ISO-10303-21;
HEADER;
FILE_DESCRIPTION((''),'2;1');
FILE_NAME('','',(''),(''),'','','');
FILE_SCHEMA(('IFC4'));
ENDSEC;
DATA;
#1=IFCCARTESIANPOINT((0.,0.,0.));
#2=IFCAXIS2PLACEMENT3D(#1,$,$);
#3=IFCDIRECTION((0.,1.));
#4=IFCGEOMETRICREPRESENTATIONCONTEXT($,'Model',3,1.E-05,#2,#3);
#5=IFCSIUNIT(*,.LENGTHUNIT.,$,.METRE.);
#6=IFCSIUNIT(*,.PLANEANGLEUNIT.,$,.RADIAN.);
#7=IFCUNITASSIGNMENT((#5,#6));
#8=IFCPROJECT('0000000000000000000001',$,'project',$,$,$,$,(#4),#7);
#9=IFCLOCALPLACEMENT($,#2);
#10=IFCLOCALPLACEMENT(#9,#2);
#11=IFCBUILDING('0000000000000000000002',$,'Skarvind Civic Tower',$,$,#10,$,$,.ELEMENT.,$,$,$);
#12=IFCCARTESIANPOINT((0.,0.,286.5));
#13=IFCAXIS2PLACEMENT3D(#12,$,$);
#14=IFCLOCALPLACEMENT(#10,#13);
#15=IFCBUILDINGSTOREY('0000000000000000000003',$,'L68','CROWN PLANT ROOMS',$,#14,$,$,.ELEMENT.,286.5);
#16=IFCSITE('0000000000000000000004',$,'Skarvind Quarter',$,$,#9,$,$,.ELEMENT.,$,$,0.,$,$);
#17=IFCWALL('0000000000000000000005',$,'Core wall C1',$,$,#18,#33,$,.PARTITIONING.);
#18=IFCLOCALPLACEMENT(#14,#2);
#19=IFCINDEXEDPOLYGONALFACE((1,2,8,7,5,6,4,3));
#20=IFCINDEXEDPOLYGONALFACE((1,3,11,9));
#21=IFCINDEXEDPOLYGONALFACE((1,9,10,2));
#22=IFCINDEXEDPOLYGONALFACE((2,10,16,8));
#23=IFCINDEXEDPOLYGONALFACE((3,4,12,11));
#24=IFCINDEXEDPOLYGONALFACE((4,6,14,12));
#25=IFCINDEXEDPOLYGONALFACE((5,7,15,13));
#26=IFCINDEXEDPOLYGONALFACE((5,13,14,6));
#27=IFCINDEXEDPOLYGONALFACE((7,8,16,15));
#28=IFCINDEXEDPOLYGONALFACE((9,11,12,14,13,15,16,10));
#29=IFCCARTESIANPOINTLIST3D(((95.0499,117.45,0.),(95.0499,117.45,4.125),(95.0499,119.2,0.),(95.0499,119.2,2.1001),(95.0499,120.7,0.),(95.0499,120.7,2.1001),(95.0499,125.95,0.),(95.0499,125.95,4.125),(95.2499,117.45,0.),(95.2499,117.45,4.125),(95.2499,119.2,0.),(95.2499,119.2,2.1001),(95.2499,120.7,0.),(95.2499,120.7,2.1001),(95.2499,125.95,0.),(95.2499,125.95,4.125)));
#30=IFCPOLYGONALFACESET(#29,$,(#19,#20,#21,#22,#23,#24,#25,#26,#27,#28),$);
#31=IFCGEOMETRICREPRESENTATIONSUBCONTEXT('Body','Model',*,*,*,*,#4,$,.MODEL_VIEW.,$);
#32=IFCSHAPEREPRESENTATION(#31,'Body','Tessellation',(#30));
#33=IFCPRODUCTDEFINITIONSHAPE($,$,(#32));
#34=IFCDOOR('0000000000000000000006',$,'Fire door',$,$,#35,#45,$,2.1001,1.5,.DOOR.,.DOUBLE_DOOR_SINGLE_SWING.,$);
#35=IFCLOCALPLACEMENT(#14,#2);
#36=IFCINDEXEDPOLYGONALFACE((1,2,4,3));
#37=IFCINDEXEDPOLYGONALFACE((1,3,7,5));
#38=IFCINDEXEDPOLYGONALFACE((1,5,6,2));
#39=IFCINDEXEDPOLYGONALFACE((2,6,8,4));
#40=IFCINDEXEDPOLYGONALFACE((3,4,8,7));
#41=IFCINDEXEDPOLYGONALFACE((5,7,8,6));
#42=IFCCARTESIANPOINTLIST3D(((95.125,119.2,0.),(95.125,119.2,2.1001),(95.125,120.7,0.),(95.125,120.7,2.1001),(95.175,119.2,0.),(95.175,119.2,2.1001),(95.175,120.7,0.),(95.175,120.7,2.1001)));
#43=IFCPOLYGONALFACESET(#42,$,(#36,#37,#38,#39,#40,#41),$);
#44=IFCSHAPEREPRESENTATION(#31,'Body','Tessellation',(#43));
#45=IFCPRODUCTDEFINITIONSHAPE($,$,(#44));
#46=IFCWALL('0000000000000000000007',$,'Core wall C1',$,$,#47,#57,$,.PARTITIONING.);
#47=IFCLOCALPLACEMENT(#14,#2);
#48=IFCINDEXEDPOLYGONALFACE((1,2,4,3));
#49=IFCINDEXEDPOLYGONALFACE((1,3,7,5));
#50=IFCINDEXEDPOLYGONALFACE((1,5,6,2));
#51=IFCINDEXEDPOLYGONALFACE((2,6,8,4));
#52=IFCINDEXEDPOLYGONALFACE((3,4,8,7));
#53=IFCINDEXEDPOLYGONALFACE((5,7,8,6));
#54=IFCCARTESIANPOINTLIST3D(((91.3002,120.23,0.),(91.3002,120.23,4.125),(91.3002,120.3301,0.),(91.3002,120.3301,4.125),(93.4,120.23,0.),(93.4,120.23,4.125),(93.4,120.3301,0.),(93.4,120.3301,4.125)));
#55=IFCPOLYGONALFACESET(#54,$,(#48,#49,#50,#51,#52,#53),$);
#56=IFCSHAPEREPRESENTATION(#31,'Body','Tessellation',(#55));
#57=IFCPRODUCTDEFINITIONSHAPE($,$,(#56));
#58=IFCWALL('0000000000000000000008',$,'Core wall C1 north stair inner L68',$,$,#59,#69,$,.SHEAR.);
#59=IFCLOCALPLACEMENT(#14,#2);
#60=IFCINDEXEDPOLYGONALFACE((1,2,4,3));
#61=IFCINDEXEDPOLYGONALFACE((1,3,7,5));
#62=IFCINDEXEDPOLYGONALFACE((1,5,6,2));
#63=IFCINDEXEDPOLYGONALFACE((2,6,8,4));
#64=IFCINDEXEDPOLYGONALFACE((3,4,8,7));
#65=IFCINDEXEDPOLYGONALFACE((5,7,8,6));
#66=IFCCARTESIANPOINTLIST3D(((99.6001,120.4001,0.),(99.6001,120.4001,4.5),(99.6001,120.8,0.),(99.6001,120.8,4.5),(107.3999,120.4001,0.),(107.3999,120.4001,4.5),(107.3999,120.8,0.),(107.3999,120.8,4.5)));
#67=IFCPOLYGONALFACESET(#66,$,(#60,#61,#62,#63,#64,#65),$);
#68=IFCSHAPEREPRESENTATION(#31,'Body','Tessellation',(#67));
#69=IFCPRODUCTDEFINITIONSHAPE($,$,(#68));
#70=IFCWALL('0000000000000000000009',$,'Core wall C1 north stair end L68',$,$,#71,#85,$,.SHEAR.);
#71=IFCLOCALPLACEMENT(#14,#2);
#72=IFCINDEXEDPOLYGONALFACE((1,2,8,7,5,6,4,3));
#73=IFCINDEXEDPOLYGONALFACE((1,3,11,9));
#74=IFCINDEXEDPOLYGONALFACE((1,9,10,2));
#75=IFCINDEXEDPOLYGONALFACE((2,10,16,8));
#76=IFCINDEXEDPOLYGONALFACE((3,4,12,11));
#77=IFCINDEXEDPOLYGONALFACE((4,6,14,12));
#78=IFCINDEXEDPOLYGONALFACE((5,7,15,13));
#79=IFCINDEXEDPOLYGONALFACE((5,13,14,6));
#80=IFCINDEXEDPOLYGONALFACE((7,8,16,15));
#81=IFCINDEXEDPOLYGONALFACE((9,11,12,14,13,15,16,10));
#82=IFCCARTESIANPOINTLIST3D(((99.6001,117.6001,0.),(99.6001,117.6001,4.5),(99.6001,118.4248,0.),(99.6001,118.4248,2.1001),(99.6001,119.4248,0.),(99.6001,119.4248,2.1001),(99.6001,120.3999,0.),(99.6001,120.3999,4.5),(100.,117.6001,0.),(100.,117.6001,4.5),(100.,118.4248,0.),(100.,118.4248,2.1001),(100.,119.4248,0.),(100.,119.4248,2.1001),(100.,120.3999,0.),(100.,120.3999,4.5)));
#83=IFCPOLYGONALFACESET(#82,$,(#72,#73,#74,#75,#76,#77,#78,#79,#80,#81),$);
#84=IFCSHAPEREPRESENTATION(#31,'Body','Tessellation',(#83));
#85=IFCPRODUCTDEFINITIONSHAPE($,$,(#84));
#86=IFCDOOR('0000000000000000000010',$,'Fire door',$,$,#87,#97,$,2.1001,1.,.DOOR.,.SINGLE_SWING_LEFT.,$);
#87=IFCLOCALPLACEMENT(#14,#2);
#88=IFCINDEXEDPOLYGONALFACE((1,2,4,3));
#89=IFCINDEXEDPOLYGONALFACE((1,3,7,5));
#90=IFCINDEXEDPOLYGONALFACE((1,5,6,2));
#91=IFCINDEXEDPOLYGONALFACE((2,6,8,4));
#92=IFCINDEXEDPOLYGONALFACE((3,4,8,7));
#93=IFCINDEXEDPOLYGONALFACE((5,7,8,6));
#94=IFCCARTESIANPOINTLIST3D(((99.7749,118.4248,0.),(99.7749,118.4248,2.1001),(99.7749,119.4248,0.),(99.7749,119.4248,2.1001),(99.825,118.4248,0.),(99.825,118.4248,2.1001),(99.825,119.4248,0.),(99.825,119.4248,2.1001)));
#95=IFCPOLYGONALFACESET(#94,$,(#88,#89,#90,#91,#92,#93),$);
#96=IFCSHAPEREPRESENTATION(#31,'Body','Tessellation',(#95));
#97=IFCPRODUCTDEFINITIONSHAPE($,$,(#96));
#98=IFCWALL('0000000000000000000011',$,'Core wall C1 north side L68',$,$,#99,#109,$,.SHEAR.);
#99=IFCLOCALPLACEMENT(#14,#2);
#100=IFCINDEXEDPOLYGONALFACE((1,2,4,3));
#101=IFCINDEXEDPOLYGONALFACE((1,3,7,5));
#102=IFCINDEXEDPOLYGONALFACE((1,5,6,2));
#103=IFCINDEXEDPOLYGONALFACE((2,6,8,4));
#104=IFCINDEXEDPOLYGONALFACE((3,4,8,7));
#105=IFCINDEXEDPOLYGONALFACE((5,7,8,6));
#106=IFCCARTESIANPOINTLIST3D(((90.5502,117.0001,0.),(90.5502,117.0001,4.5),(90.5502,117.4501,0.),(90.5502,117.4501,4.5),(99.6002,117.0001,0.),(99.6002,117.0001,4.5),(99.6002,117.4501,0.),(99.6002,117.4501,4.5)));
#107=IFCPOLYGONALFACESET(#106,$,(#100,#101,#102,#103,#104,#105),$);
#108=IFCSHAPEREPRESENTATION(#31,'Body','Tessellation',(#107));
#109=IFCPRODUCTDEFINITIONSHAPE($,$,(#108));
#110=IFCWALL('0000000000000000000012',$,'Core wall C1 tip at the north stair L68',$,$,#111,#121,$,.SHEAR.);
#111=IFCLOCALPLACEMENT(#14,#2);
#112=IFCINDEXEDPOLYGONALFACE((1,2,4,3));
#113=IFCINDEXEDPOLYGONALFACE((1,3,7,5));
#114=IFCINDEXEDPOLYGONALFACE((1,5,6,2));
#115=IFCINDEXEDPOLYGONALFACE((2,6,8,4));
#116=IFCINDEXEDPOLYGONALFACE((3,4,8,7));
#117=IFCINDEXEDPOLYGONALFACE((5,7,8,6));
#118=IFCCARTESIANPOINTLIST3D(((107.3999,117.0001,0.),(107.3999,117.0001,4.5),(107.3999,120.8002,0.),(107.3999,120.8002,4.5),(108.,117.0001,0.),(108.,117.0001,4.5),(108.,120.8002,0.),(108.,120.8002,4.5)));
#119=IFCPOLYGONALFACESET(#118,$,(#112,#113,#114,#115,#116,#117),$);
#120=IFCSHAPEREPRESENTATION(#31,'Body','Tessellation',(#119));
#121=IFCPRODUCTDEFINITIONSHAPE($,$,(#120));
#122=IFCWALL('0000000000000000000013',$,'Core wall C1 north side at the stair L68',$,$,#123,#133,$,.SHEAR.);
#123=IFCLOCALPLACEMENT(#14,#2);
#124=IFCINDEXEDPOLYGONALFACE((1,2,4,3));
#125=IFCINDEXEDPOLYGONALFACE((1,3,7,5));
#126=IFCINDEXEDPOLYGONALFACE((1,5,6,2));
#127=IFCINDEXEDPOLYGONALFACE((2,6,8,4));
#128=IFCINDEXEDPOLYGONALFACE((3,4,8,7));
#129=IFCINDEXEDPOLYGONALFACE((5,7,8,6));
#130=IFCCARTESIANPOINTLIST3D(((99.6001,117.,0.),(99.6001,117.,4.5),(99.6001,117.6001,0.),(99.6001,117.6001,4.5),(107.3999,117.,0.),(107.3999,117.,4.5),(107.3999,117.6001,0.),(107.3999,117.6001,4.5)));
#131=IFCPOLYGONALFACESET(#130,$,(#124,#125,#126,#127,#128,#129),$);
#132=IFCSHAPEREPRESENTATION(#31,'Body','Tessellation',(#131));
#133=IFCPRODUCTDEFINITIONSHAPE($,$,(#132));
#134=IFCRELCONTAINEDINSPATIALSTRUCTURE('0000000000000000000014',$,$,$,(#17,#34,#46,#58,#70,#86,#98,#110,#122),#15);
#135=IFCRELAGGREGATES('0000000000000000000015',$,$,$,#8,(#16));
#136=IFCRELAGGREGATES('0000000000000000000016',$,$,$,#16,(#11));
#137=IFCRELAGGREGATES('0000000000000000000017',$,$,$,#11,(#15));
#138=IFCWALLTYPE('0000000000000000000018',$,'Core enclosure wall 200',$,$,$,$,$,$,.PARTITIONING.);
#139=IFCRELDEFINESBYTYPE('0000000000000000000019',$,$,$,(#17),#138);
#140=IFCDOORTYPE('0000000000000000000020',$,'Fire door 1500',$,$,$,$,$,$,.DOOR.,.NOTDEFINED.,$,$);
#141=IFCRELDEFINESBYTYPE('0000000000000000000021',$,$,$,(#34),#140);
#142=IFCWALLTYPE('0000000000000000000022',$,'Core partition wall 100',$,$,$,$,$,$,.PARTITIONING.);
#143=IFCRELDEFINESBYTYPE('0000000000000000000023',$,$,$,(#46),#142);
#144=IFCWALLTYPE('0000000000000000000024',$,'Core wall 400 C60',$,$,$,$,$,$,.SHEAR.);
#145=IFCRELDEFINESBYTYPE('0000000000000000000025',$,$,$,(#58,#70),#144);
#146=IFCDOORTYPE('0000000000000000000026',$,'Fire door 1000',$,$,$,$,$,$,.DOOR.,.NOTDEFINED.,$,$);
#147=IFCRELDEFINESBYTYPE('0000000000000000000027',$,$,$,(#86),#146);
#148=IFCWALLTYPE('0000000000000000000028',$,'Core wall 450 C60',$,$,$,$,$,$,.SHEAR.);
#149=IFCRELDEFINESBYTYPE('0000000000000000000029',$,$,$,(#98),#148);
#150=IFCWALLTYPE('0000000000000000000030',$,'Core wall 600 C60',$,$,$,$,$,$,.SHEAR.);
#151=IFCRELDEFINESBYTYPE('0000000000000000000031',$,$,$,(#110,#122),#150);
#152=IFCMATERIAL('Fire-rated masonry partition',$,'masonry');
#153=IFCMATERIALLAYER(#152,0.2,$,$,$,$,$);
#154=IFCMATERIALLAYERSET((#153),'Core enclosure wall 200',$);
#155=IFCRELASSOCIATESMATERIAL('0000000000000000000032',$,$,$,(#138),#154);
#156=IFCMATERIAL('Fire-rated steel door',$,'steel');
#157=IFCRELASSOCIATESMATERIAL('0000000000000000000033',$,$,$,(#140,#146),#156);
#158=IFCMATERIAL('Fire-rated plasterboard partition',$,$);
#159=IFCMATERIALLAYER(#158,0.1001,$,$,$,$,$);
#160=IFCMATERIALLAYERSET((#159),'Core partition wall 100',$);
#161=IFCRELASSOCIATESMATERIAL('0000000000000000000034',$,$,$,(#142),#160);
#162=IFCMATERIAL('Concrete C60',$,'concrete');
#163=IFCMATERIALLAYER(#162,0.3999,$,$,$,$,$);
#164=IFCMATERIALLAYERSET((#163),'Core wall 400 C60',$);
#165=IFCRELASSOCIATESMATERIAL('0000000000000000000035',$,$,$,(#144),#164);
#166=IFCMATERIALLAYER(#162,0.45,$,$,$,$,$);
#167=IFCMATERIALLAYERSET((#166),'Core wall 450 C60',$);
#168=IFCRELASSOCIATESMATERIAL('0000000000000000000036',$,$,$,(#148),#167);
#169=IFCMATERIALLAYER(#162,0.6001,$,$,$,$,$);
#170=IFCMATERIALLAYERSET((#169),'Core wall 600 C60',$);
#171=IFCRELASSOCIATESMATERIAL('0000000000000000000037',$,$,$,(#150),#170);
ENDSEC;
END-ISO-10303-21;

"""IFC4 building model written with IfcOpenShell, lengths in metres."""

from ifc_helpers import new_model, si_unit, direction, frame, frame_2d, origin, place, context, subcontext, project, spatial, rectangle, extrude, material, layer, layer_set, type_object, element, fill, save


model = new_model("IFC4")

# Units and contexts
model_context = context("Model", 3, precision=1e-05, world=origin(), true_north=direction((0.0, 1.0)))
body_context = subcontext(model_context, "Body", "Model", "MODEL_VIEW")
ifc_project = project(units=[si_unit("LENGTHUNIT", "METRE"), si_unit("PLANEANGLEUNIT", "RADIAN")], contexts=[model_context])

# Site, building, storey
site_placement = place(None, origin())
site = spatial("IfcSite", under=ifc_project, at=site_placement, Name="Skarvind Quarter", CompositionType="ELEMENT", RefElevation=0.0)
building_placement = place(site_placement, origin())
building = spatial("IfcBuilding", under=site, at=building_placement, Name="Skarvind Civic Tower", CompositionType="ELEMENT")
storey_placement = place(building_placement, frame((0.0, 0.0, 286.5)))
storey = spatial("IfcBuildingStorey", under=building, at=storey_placement, Name="L68", Description="CROWN PLANT ROOMS", CompositionType="ELEMENT", Elevation=286.5)

# Shared definitions
ifc_material_1 = material(Name="Concrete C60", Category="concrete")

# Wall, opening, door
ifc_material_2 = material(Name="Fire-rated masonry partition", Category="masonry")
ifc_layer_1 = layer(ifc_material_2, 0.2)
ifc_layer_set_1 = layer_set([ifc_layer_1], Name="Core enclosure wall 200")
wall_type_1 = type_object("IfcWallType", Name="Core enclosure wall 200", PredefinedType="PARTITIONING", material=ifc_layer_set_1)
wall_1_placement = place(storey_placement, frame((95.1499, 117.45, 0.0), z_axis=(0.0, 0.0, 1.0), x_axis=(0.0, 1.0, 0.0)))
wall_1 = element("IfcWall", 1, at=wall_1_placement, inside=storey, type_object=wall_type_1, Name="Core wall C1", PredefinedType="PARTITIONING", context=body_context, shape_type="SweptSolid", body=[
    extrude(rectangle(XDim=8.5, YDim=0.2, at=frame_2d((4.25, 0.0))), origin(), (0.0, 0.0, 1.0), 4.125),
])
opening_1_placement = place(wall_1_placement, frame((1.75, 0.0, 0.0)))
opening_1 = element("IfcOpeningElement", 2, at=opening_1_placement, cuts=wall_1, PredefinedType="OPENING", context=body_context, shape_type="SweptSolid", body=[
    extrude(rectangle(XDim=1.5, YDim=2.1001, at=frame_2d((0.75, 1.05))), frame((0.0, 0.1099, 0.0), z_axis=(0.0, -1.0, 0.0), x_axis=(1.0, 0.0, 0.0)), (0.0, 0.0, 1.0), 0.22),
])
ifc_material_3 = material(Name="Fire-rated steel door", Category="steel")
door_type_1 = type_object("IfcDoorType", Name="Fire door 1500", OperationType="NOTDEFINED", PredefinedType="DOOR", material=ifc_material_3)
door_1_placement = place(opening_1_placement, origin())
door_1 = element("IfcDoor", 3, at=door_1_placement, inside=storey, type_object=door_type_1, Name="Fire door", OperationType="DOUBLE_DOOR_SINGLE_SWING", OverallHeight=2.1001, OverallWidth=1.5, PredefinedType="DOOR", context=body_context, shape_type="SweptSolid", body=[
    extrude(rectangle(XDim=1.5, YDim=2.1001, at=frame_2d((0.75, 1.05))), frame((0.0, 0.0249, 0.0), z_axis=(0.0, -1.0, 0.0), x_axis=(1.0, 0.0, 0.0)), (0.0, 0.0, 1.0), 0.05),
])
fill(opening_1, door_1)

# Walls
ifc_material_4 = material(Name="Fire-rated plasterboard partition")
ifc_layer_2 = layer(ifc_material_4, 0.1001)
ifc_layer_set_2 = layer_set([ifc_layer_2], Name="Core partition wall 100")
wall_type_2 = type_object("IfcWallType", Name="Core partition wall 100", PredefinedType="PARTITIONING", material=ifc_layer_set_2)
wall_2_placement = place(storey_placement, frame((93.3999, 120.28, 0.0), z_axis=(0.0, 0.0, 1.0), x_axis=(-1.0, 0.0, 0.0)))
element("IfcWall", 4, at=wall_2_placement, inside=storey, type_object=wall_type_2, Name="Core wall C1", PredefinedType="PARTITIONING", context=body_context, shape_type="SweptSolid", body=[
    extrude(rectangle(XDim=2.0999, YDim=0.1001, at=frame_2d((1.0498, 0.0))), origin(), (0.0, 0.0, 1.0), 4.125),
])
ifc_layer_3 = layer(ifc_material_1, 0.3999)
ifc_layer_set_3 = layer_set([ifc_layer_3], Name="Core wall 400 C60")
wall_type_3 = type_object("IfcWallType", Name="Core wall 400 C60", PredefinedType="SHEAR", material=ifc_layer_set_3)
wall_3_placement = place(storey_placement, frame((107.3999, 120.6001, 0.0), z_axis=(0.0, 0.0, 1.0), x_axis=(-1.0, 0.0, 0.0)))
element("IfcWall", 5, at=wall_3_placement, inside=storey, type_object=wall_type_3, Name="Core wall C1 north stair inner L68", PredefinedType="SHEAR", context=body_context, shape_type="SweptSolid", body=[
    extrude(rectangle(XDim=7.7998, YDim=0.3999, at=frame_2d((3.8999, 0.0))), origin(), (0.0, 0.0, 1.0), 4.5),
])

# Wall, opening, door
wall_4_placement = place(storey_placement, frame((99.8, 120.3999, 0.0), z_axis=(0.0, 0.0, 1.0), x_axis=(0.0, -1.0, 0.0)))
wall_4 = element("IfcWall", 6, at=wall_4_placement, inside=storey, type_object=wall_type_3, Name="Core wall C1 north stair end L68", PredefinedType="SHEAR", context=body_context, shape_type="SweptSolid", body=[
    extrude(rectangle(XDim=2.7998, YDim=0.3999, at=frame_2d((1.3999, 0.0))), origin(), (0.0, 0.0, 1.0), 4.5),
])
opening_2_placement = place(wall_4_placement, frame((0.9751, 0.0, 0.0)))
opening_2 = element("IfcOpeningElement", 7, at=opening_2_placement, cuts=wall_4, PredefinedType="OPENING", context=body_context, shape_type="SweptSolid", body=[
    extrude(rectangle(XDim=1.0, YDim=2.1001, at=frame_2d((0.5, 1.05))), frame((0.0, 0.21, 0.0), z_axis=(0.0, -1.0, 0.0), x_axis=(1.0, 0.0, 0.0)), (0.0, 0.0, 1.0), 0.4199),
])
door_type_2 = type_object("IfcDoorType", Name="Fire door 1000", OperationType="NOTDEFINED", PredefinedType="DOOR", material=ifc_material_3)
door_2_placement = place(opening_2_placement, origin())
door_2 = element("IfcDoor", 8, at=door_2_placement, inside=storey, type_object=door_type_2, Name="Fire door", OperationType="SINGLE_SWING_LEFT", OverallHeight=2.1001, OverallWidth=1.0, PredefinedType="DOOR", context=body_context, shape_type="SweptSolid", body=[
    extrude(rectangle(XDim=1.0, YDim=2.1001, at=frame_2d((0.5, 1.05))), frame((0.0, 0.0249, 0.0), z_axis=(0.0, -1.0, 0.0), x_axis=(1.0, 0.0, 0.0)), (0.0, 0.0, 1.0), 0.05),
])
fill(opening_2, door_2)

# Walls
ifc_layer_4 = layer(ifc_material_1, 0.45)
ifc_layer_set_4 = layer_set([ifc_layer_4], Name="Core wall 450 C60")
wall_type_4 = type_object("IfcWallType", Name="Core wall 450 C60", PredefinedType="SHEAR", material=ifc_layer_set_4)
wall_5_placement = place(storey_placement, frame((99.6001, 117.2251, 0.0), z_axis=(0.0, 0.0, 1.0), x_axis=(-1.0, 0.0, 0.0)))
element("IfcWall", 9, at=wall_5_placement, inside=storey, type_object=wall_type_4, Name="Core wall C1 north side L68", PredefinedType="SHEAR", context=body_context, shape_type="SweptSolid", body=[
    extrude(rectangle(XDim=9.05, YDim=0.45, at=frame_2d((4.5249, 0.0))), origin(), (0.0, 0.0, 1.0), 4.5),
])
ifc_layer_5 = layer(ifc_material_1, 0.6001)
ifc_layer_set_5 = layer_set([ifc_layer_5], Name="Core wall 600 C60")
wall_type_5 = type_object("IfcWallType", Name="Core wall 600 C60", PredefinedType="SHEAR", material=ifc_layer_set_5)
wall_6_placement = place(storey_placement, frame((107.7, 120.8, 0.0), z_axis=(0.0, 0.0, 1.0), x_axis=(0.0, -1.0, 0.0)))
element("IfcWall", 10, at=wall_6_placement, inside=storey, type_object=wall_type_5, Name="Core wall C1 tip at the north stair L68", PredefinedType="SHEAR", context=body_context, shape_type="SweptSolid", body=[
    extrude(rectangle(XDim=3.8, YDim=0.6001, at=frame_2d((1.8999, 0.0))), origin(), (0.0, 0.0, 1.0), 4.5),
])
wall_7_placement = place(storey_placement, frame((107.3999, 117.3, 0.0), z_axis=(0.0, 0.0, 1.0), x_axis=(-1.0, 0.0, 0.0)))
element("IfcWall", 11, at=wall_7_placement, inside=storey, type_object=wall_type_5, Name="Core wall C1 north side at the stair L68", PredefinedType="SHEAR", context=body_context, shape_type="SweptSolid", body=[
    extrude(rectangle(XDim=7.7998, YDim=0.6001, at=frame_2d((3.8999, 0.0))), origin(), (0.0, 0.0, 1.0), 4.5),
])

save(model, "model.ifc")
